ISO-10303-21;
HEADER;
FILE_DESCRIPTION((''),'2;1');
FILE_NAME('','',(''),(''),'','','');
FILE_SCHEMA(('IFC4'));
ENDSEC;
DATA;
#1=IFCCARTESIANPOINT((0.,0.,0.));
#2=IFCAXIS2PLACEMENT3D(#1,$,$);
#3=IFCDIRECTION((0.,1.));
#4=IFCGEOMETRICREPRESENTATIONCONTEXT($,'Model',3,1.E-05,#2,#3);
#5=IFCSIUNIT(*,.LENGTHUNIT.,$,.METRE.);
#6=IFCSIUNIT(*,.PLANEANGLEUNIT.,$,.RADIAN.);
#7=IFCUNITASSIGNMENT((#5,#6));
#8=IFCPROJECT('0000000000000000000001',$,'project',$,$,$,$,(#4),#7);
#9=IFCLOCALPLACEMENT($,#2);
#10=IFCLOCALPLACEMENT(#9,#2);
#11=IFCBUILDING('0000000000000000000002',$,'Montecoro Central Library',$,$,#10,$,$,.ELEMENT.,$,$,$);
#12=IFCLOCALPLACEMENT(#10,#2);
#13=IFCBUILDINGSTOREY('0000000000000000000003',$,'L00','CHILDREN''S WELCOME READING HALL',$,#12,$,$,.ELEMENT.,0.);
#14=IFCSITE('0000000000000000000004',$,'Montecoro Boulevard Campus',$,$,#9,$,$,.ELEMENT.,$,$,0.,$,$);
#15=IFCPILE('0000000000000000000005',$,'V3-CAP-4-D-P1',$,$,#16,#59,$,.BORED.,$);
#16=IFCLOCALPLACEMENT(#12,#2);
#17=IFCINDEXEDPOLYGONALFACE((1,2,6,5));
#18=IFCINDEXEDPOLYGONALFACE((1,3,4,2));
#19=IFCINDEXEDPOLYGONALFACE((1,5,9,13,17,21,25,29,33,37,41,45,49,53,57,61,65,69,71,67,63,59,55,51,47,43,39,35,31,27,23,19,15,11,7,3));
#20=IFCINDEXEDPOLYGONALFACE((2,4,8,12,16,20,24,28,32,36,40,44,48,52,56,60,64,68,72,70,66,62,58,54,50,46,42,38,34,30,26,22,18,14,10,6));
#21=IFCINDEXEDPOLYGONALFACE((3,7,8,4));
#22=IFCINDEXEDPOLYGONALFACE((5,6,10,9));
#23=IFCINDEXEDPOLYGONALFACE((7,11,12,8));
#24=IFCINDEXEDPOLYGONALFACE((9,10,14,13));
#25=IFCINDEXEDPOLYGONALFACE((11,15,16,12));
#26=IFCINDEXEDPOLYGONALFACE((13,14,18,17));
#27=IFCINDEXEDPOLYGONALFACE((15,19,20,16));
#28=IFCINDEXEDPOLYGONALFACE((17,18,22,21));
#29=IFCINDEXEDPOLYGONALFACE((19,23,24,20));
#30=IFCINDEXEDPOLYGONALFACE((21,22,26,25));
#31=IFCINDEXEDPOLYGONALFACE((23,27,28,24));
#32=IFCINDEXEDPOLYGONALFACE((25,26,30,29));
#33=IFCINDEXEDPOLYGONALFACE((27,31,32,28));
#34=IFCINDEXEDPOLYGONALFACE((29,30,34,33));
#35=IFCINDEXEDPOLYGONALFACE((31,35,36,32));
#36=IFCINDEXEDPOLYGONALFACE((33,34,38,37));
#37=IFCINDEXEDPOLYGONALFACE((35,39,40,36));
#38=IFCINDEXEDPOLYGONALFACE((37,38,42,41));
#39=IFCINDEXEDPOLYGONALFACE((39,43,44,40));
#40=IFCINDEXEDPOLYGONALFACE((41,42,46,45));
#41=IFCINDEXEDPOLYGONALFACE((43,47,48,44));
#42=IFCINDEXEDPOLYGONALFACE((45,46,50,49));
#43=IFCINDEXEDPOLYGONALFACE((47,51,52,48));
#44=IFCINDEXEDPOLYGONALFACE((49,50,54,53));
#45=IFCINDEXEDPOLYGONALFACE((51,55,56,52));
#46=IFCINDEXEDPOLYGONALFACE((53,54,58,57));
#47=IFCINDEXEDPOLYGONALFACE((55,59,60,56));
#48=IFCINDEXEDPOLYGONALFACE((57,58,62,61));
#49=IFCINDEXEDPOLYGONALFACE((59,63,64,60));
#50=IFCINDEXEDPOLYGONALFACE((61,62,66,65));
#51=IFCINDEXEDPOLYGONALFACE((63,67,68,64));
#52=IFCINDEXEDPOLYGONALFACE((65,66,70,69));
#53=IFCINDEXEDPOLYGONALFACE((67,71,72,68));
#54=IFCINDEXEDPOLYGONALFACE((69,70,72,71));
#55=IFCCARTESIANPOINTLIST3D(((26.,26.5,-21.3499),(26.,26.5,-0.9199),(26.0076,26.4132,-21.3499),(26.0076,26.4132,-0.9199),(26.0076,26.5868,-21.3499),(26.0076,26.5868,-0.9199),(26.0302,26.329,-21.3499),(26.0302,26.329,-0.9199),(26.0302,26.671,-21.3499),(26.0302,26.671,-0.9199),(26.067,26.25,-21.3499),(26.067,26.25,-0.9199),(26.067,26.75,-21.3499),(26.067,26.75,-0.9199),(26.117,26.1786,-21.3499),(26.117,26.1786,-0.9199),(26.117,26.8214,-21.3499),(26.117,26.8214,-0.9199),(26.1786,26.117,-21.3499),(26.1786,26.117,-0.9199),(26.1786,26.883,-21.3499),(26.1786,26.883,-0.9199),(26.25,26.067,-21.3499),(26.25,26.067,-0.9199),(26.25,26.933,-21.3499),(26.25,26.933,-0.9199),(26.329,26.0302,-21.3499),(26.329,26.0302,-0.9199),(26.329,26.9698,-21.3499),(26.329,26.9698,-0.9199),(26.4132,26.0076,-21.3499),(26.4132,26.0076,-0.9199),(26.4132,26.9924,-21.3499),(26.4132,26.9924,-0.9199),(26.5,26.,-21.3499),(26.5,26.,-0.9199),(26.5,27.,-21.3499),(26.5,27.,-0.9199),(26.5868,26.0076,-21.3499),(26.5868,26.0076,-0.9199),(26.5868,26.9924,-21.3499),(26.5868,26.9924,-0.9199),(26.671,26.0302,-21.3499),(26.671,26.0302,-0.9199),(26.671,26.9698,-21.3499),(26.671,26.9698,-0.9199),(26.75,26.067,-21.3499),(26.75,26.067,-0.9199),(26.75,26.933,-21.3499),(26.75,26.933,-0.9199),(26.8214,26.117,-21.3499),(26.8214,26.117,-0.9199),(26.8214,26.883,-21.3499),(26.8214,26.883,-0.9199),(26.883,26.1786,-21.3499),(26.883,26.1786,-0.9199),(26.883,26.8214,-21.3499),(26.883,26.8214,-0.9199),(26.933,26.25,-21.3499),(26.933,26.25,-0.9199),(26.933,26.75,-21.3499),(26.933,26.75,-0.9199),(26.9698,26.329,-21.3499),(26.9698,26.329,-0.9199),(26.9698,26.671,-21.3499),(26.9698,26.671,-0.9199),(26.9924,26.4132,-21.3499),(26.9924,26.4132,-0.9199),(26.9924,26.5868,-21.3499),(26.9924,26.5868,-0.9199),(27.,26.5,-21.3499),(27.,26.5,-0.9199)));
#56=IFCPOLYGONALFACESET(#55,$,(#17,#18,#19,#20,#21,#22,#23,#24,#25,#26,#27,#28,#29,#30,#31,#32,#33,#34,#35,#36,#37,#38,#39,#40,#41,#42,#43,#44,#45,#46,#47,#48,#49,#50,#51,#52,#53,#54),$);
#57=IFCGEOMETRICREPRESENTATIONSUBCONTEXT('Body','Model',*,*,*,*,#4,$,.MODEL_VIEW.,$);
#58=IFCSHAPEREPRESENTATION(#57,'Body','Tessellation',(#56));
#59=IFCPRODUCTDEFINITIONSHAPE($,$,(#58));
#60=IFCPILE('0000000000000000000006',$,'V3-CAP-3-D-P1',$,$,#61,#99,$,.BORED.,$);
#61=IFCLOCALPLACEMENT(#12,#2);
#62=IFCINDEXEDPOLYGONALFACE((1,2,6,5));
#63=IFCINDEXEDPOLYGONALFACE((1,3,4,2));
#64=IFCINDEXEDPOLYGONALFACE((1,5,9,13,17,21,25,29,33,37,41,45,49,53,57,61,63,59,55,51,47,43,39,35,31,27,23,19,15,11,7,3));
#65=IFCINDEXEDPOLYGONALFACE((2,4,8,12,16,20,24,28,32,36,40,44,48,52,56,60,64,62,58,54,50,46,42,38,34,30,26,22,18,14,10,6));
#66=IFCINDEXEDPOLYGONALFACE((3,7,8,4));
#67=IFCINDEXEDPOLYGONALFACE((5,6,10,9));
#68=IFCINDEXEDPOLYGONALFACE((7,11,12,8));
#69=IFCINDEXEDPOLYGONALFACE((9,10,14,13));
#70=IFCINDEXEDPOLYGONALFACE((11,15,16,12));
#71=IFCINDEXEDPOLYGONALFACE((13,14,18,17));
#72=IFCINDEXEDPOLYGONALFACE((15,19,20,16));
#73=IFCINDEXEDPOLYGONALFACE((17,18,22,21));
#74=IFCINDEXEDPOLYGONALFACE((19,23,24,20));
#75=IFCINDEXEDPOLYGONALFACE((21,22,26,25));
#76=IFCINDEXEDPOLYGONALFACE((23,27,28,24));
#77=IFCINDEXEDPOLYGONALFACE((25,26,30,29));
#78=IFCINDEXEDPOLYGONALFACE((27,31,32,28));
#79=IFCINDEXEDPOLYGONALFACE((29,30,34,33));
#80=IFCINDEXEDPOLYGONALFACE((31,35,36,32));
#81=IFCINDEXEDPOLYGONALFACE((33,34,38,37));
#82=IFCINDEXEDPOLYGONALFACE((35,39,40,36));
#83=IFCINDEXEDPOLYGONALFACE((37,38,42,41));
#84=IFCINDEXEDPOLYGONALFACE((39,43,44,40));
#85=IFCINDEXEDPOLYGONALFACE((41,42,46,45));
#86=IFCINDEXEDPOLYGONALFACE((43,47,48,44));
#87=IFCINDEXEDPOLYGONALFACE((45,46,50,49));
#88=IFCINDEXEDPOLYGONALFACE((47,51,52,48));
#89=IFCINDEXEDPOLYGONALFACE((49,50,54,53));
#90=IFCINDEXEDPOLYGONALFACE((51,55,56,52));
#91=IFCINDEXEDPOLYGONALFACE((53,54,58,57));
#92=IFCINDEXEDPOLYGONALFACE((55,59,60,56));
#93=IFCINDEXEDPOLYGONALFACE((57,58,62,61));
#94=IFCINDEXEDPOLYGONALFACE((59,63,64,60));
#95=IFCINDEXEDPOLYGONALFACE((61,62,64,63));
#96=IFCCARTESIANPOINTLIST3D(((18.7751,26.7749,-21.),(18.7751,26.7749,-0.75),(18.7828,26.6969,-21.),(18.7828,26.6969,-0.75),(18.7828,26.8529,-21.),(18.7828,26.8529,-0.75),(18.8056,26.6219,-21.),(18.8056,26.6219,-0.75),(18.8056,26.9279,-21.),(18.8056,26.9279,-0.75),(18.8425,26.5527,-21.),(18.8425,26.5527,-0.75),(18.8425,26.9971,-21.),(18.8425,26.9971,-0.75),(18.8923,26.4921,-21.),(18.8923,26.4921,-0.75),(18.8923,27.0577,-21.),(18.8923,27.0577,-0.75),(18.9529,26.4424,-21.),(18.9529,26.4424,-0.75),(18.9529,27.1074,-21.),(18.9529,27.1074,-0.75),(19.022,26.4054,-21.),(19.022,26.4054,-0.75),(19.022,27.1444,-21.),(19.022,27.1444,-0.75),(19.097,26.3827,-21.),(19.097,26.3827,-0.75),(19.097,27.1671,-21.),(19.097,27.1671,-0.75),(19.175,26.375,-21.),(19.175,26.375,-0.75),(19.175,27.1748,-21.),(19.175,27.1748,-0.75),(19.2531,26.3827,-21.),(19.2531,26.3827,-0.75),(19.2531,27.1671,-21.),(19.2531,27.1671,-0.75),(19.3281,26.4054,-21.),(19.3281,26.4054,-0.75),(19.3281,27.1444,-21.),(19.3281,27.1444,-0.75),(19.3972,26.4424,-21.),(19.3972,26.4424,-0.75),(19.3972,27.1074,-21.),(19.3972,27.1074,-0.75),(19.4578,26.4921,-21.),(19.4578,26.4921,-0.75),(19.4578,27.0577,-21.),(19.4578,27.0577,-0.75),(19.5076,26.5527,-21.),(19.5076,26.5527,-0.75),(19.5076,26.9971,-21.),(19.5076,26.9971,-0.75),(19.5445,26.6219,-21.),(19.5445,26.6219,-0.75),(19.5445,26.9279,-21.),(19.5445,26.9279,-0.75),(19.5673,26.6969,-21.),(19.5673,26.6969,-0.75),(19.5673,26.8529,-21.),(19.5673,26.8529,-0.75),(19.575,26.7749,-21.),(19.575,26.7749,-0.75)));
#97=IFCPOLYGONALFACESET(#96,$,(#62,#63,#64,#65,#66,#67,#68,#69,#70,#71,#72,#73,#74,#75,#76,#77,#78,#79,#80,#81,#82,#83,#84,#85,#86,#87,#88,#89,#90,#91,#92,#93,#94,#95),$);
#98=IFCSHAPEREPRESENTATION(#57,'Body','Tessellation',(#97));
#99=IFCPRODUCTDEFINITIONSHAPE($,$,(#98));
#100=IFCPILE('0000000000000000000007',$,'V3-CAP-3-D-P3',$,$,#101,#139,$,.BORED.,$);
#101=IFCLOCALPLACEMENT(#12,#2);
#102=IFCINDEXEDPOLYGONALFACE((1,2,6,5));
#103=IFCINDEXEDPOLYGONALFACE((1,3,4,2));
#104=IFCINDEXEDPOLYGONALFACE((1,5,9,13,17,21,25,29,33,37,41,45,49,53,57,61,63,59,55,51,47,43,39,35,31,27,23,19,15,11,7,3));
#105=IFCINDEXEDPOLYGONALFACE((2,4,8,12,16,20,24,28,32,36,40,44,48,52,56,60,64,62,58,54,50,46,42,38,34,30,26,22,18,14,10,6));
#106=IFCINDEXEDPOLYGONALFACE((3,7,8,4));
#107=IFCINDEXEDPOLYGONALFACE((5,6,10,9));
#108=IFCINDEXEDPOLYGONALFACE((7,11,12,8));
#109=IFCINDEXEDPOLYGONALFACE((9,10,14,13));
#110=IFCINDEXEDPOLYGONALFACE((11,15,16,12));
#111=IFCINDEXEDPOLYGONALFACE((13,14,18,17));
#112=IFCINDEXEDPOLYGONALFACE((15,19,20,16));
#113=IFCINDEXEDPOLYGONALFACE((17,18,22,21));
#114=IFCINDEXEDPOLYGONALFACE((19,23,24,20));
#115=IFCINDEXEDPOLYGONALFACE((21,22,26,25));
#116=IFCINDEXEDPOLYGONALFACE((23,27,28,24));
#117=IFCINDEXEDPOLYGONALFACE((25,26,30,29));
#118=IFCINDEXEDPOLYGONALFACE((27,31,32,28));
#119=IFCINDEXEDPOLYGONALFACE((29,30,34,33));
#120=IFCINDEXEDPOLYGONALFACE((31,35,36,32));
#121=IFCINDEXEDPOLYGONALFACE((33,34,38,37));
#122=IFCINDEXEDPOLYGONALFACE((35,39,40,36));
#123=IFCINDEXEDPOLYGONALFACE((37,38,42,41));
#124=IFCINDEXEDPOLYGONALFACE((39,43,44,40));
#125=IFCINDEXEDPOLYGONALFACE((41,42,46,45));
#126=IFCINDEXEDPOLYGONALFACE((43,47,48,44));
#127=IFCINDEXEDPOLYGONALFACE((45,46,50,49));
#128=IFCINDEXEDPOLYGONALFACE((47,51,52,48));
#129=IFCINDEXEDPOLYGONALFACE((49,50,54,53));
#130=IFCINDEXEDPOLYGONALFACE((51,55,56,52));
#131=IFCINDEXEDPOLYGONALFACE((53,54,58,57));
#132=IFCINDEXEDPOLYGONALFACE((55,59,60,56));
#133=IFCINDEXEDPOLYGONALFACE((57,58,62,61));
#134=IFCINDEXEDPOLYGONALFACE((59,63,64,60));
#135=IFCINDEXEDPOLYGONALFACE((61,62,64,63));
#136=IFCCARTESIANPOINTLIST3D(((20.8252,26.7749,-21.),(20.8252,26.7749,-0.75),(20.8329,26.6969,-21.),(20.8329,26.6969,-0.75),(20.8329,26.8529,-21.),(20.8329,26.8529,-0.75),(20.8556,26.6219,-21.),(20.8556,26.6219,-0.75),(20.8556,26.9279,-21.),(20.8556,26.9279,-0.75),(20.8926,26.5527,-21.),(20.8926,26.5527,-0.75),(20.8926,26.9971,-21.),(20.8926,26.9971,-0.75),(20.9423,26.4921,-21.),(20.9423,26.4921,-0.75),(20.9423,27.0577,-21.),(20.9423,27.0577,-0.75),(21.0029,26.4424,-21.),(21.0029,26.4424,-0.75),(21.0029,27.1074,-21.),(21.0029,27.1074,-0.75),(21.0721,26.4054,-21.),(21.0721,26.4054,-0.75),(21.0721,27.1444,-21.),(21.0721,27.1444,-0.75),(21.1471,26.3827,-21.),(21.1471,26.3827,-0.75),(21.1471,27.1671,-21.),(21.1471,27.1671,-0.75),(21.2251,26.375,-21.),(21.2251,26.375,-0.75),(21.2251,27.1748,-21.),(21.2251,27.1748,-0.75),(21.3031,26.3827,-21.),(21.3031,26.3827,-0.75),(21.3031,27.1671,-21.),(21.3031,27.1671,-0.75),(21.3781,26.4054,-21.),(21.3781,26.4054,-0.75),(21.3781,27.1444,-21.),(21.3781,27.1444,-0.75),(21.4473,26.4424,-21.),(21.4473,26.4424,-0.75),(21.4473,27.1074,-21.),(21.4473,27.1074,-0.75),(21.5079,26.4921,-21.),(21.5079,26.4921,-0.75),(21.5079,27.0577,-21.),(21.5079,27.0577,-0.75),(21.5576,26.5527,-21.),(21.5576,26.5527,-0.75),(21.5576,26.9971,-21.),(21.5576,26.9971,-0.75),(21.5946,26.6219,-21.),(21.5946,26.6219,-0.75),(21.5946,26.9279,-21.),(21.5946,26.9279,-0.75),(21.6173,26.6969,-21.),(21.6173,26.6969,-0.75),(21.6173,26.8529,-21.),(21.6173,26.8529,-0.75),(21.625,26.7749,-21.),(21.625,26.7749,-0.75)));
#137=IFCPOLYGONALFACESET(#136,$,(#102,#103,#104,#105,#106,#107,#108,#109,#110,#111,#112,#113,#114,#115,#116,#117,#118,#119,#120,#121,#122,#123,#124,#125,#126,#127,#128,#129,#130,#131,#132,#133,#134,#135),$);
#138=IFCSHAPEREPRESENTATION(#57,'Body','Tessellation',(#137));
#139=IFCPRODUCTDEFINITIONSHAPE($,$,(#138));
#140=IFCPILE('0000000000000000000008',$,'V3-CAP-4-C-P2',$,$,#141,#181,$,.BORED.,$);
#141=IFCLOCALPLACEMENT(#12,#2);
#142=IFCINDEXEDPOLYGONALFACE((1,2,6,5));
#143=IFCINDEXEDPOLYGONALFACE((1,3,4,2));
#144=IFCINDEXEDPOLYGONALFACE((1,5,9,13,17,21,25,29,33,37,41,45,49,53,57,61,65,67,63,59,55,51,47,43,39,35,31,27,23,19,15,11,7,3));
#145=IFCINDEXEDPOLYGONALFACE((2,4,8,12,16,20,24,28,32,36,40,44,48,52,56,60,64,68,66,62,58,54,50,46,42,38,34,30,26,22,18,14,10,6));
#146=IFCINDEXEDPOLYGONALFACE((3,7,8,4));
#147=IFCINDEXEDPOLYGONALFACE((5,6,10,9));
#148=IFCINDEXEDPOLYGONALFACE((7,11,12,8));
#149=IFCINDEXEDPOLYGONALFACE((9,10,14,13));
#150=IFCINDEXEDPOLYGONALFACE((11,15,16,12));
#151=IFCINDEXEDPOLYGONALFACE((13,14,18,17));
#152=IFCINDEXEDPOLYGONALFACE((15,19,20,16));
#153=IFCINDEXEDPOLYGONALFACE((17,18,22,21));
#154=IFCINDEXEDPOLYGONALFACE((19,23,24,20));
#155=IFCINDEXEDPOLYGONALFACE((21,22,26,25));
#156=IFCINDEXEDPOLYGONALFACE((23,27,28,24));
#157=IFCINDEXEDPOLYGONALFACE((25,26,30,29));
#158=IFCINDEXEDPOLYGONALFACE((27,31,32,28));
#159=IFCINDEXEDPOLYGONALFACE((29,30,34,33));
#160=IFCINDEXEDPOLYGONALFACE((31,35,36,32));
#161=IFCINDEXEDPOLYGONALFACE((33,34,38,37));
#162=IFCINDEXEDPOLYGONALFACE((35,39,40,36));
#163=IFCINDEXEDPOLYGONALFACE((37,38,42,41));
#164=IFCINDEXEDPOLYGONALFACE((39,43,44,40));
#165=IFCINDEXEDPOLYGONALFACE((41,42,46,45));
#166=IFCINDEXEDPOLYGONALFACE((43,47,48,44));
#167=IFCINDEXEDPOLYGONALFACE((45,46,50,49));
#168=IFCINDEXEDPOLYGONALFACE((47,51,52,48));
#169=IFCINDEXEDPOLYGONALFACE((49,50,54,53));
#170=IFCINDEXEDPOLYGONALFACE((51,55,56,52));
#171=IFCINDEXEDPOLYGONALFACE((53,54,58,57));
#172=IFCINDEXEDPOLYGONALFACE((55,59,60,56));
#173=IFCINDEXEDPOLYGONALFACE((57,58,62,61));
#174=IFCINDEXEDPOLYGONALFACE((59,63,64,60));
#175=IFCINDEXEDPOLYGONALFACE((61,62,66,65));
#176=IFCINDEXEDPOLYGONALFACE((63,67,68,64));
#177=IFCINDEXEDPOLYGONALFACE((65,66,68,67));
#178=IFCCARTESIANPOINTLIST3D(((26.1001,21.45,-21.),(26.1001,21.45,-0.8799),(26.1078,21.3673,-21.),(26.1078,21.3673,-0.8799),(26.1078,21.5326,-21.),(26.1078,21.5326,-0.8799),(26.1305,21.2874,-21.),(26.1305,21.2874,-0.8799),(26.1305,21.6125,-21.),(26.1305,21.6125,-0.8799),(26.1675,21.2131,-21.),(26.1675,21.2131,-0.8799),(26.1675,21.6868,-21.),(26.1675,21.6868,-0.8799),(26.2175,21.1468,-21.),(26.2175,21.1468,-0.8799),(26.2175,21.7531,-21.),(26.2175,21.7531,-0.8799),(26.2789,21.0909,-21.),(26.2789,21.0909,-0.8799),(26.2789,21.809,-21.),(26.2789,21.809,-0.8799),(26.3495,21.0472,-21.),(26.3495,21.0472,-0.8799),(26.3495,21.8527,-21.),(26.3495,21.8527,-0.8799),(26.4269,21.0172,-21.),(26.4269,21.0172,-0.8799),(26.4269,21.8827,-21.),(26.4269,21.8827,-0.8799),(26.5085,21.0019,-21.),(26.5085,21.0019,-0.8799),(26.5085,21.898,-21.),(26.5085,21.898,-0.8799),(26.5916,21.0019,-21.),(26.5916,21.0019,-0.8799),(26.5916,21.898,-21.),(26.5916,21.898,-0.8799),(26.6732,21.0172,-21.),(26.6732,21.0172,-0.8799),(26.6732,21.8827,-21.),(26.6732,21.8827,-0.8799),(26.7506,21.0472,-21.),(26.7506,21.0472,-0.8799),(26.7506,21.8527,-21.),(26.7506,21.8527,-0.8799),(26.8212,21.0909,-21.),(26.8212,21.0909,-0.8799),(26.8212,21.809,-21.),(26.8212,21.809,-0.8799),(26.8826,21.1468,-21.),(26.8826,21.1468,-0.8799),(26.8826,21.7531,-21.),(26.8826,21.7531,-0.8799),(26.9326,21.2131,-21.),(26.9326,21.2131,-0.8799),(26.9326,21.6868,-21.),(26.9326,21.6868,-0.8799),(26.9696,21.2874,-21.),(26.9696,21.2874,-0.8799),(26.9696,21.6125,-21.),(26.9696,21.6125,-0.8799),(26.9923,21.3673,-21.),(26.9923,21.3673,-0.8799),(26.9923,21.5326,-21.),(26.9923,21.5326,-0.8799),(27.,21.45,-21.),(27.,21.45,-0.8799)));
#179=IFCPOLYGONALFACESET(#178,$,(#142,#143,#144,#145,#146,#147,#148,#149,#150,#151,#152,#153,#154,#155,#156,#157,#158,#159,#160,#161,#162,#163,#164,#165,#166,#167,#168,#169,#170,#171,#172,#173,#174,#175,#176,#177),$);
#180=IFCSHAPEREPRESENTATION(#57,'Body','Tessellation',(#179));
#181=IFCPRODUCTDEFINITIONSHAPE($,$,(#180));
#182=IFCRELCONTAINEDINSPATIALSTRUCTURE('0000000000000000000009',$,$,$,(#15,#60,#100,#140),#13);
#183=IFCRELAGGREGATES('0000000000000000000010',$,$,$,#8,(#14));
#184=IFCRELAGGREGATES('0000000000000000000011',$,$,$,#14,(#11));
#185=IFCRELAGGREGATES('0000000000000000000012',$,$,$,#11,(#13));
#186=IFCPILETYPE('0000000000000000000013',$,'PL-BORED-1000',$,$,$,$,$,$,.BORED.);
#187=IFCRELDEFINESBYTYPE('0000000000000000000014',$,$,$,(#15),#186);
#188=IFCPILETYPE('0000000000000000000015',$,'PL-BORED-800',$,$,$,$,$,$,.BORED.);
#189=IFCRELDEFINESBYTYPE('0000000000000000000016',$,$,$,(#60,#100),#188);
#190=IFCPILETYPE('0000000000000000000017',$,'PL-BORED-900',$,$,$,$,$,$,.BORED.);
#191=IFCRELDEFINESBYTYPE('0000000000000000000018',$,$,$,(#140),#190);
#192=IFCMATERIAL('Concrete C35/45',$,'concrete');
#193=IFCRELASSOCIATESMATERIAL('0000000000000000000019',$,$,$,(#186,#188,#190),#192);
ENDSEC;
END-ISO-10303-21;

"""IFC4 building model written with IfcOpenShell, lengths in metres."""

from ifc_helpers import new_model, si_unit, direction, frame, origin, origin_2d, place, context, subcontext, project, spatial, circle, extrude, material, material_profile, profile_set, type_object, element, save


model = new_model("IFC4")

# Units and contexts
model_context = context("Model", 3, precision=1e-05, world=origin(), true_north=direction((0.0, 1.0)))
body_context = subcontext(model_context, "Body", "Model", "MODEL_VIEW")
ifc_project = project(units=[si_unit("LENGTHUNIT", "METRE"), si_unit("PLANEANGLEUNIT", "RADIAN")], contexts=[model_context])

# Site, building, storey
site_placement = place(None, origin())
site = spatial("IfcSite", under=ifc_project, at=site_placement, Name="Montecoro Boulevard Campus", CompositionType="ELEMENT", RefElevation=0.0)
building_placement = place(site_placement, origin())
building = spatial("IfcBuilding", under=site, at=building_placement, Name="Montecoro Central Library", CompositionType="ELEMENT")
storey_placement = place(building_placement, origin())
storey = spatial("IfcBuildingStorey", under=building, at=storey_placement, Name="L00", Description="CHILDREN'S WELCOME READING HALL", CompositionType="ELEMENT", Elevation=0.0)

# Shared definitions
ifc_material_1 = material(Name="Concrete C35/45", Category="concrete")

# Piles
ifc_material_profile_1 = material_profile(ifc_material_1, circle(Radius=0.5, at=origin_2d()), Name="PILE D1000")
ifc_profile_set_1 = profile_set([ifc_material_profile_1], Name="Concrete C35/45")
pile_type_1 = type_object("IfcPileType", Name="PL-BORED-1000", PredefinedType="BORED", material=ifc_profile_set_1)
pile_1_placement = place(storey_placement, frame((26.5, 26.5, -0.9199), z_axis=(0.0, 0.0, -1.0), x_axis=(1.0, 0.0, 0.0)))
element("IfcPile", 1, at=pile_1_placement, inside=storey, type_object=pile_type_1, Name="V3-CAP-4-D-P1", PredefinedType="BORED", context=body_context, shape_type="SweptSolid", body=[
    extrude(circle(Radius=0.5, at=origin_2d()), origin(), (0.0, 0.0, 1.0), 20.4299),
])
ifc_material_profile_2 = material_profile(ifc_material_1, circle(Radius=0.3999, at=origin_2d()), Name="PILE D800")
ifc_profile_set_2 = profile_set([ifc_material_profile_2], Name="Concrete C35/45")
pile_type_2 = type_object("IfcPileType", Name="PL-BORED-800", PredefinedType="BORED", material=ifc_profile_set_2)
for number, where, z_axis, x_axis, name in (
    (2, (19.175, 26.7749, -0.75), (0.0, 0.0, -1.0), (1.0, 0.0, 0.0), "V3-CAP-3-D-P1"),
    (3, (21.2251, 26.7749, -0.75), (0.0, 0.0, -1.0), (1.0, 0.0, 0.0), "V3-CAP-3-D-P3"),
):
    element("IfcPile", number, at=place(storey_placement, frame(where, z_axis=z_axis, x_axis=x_axis)), inside=storey, type_object=pile_type_2, Name=name, PredefinedType="BORED", context=body_context, shape_type="SweptSolid", body=[
        extrude(circle(Radius=0.3999, at=origin_2d()), origin(), (0.0, 0.0, 1.0), 20.25),
    ])
ifc_material_profile_3 = material_profile(ifc_material_1, circle(Radius=0.45, at=origin_2d()), Name="PILE D900")
ifc_profile_set_3 = profile_set([ifc_material_profile_3], Name="Concrete C35/45")
pile_type_3 = type_object("IfcPileType", Name="PL-BORED-900", PredefinedType="BORED", material=ifc_profile_set_3)
pile_2_placement = place(storey_placement, frame((26.55, 21.45, -0.8799), z_axis=(0.0, 0.0, -1.0), x_axis=(1.0, 0.0, 0.0)))
element("IfcPile", 4, at=pile_2_placement, inside=storey, type_object=pile_type_3, Name="V3-CAP-4-C-P2", PredefinedType="BORED", context=body_context, shape_type="SweptSolid", body=[
    extrude(circle(Radius=0.45, at=origin_2d()), origin(), (0.0, 0.0, 1.0), 20.1201),
])

save(model, "model.ifc")
